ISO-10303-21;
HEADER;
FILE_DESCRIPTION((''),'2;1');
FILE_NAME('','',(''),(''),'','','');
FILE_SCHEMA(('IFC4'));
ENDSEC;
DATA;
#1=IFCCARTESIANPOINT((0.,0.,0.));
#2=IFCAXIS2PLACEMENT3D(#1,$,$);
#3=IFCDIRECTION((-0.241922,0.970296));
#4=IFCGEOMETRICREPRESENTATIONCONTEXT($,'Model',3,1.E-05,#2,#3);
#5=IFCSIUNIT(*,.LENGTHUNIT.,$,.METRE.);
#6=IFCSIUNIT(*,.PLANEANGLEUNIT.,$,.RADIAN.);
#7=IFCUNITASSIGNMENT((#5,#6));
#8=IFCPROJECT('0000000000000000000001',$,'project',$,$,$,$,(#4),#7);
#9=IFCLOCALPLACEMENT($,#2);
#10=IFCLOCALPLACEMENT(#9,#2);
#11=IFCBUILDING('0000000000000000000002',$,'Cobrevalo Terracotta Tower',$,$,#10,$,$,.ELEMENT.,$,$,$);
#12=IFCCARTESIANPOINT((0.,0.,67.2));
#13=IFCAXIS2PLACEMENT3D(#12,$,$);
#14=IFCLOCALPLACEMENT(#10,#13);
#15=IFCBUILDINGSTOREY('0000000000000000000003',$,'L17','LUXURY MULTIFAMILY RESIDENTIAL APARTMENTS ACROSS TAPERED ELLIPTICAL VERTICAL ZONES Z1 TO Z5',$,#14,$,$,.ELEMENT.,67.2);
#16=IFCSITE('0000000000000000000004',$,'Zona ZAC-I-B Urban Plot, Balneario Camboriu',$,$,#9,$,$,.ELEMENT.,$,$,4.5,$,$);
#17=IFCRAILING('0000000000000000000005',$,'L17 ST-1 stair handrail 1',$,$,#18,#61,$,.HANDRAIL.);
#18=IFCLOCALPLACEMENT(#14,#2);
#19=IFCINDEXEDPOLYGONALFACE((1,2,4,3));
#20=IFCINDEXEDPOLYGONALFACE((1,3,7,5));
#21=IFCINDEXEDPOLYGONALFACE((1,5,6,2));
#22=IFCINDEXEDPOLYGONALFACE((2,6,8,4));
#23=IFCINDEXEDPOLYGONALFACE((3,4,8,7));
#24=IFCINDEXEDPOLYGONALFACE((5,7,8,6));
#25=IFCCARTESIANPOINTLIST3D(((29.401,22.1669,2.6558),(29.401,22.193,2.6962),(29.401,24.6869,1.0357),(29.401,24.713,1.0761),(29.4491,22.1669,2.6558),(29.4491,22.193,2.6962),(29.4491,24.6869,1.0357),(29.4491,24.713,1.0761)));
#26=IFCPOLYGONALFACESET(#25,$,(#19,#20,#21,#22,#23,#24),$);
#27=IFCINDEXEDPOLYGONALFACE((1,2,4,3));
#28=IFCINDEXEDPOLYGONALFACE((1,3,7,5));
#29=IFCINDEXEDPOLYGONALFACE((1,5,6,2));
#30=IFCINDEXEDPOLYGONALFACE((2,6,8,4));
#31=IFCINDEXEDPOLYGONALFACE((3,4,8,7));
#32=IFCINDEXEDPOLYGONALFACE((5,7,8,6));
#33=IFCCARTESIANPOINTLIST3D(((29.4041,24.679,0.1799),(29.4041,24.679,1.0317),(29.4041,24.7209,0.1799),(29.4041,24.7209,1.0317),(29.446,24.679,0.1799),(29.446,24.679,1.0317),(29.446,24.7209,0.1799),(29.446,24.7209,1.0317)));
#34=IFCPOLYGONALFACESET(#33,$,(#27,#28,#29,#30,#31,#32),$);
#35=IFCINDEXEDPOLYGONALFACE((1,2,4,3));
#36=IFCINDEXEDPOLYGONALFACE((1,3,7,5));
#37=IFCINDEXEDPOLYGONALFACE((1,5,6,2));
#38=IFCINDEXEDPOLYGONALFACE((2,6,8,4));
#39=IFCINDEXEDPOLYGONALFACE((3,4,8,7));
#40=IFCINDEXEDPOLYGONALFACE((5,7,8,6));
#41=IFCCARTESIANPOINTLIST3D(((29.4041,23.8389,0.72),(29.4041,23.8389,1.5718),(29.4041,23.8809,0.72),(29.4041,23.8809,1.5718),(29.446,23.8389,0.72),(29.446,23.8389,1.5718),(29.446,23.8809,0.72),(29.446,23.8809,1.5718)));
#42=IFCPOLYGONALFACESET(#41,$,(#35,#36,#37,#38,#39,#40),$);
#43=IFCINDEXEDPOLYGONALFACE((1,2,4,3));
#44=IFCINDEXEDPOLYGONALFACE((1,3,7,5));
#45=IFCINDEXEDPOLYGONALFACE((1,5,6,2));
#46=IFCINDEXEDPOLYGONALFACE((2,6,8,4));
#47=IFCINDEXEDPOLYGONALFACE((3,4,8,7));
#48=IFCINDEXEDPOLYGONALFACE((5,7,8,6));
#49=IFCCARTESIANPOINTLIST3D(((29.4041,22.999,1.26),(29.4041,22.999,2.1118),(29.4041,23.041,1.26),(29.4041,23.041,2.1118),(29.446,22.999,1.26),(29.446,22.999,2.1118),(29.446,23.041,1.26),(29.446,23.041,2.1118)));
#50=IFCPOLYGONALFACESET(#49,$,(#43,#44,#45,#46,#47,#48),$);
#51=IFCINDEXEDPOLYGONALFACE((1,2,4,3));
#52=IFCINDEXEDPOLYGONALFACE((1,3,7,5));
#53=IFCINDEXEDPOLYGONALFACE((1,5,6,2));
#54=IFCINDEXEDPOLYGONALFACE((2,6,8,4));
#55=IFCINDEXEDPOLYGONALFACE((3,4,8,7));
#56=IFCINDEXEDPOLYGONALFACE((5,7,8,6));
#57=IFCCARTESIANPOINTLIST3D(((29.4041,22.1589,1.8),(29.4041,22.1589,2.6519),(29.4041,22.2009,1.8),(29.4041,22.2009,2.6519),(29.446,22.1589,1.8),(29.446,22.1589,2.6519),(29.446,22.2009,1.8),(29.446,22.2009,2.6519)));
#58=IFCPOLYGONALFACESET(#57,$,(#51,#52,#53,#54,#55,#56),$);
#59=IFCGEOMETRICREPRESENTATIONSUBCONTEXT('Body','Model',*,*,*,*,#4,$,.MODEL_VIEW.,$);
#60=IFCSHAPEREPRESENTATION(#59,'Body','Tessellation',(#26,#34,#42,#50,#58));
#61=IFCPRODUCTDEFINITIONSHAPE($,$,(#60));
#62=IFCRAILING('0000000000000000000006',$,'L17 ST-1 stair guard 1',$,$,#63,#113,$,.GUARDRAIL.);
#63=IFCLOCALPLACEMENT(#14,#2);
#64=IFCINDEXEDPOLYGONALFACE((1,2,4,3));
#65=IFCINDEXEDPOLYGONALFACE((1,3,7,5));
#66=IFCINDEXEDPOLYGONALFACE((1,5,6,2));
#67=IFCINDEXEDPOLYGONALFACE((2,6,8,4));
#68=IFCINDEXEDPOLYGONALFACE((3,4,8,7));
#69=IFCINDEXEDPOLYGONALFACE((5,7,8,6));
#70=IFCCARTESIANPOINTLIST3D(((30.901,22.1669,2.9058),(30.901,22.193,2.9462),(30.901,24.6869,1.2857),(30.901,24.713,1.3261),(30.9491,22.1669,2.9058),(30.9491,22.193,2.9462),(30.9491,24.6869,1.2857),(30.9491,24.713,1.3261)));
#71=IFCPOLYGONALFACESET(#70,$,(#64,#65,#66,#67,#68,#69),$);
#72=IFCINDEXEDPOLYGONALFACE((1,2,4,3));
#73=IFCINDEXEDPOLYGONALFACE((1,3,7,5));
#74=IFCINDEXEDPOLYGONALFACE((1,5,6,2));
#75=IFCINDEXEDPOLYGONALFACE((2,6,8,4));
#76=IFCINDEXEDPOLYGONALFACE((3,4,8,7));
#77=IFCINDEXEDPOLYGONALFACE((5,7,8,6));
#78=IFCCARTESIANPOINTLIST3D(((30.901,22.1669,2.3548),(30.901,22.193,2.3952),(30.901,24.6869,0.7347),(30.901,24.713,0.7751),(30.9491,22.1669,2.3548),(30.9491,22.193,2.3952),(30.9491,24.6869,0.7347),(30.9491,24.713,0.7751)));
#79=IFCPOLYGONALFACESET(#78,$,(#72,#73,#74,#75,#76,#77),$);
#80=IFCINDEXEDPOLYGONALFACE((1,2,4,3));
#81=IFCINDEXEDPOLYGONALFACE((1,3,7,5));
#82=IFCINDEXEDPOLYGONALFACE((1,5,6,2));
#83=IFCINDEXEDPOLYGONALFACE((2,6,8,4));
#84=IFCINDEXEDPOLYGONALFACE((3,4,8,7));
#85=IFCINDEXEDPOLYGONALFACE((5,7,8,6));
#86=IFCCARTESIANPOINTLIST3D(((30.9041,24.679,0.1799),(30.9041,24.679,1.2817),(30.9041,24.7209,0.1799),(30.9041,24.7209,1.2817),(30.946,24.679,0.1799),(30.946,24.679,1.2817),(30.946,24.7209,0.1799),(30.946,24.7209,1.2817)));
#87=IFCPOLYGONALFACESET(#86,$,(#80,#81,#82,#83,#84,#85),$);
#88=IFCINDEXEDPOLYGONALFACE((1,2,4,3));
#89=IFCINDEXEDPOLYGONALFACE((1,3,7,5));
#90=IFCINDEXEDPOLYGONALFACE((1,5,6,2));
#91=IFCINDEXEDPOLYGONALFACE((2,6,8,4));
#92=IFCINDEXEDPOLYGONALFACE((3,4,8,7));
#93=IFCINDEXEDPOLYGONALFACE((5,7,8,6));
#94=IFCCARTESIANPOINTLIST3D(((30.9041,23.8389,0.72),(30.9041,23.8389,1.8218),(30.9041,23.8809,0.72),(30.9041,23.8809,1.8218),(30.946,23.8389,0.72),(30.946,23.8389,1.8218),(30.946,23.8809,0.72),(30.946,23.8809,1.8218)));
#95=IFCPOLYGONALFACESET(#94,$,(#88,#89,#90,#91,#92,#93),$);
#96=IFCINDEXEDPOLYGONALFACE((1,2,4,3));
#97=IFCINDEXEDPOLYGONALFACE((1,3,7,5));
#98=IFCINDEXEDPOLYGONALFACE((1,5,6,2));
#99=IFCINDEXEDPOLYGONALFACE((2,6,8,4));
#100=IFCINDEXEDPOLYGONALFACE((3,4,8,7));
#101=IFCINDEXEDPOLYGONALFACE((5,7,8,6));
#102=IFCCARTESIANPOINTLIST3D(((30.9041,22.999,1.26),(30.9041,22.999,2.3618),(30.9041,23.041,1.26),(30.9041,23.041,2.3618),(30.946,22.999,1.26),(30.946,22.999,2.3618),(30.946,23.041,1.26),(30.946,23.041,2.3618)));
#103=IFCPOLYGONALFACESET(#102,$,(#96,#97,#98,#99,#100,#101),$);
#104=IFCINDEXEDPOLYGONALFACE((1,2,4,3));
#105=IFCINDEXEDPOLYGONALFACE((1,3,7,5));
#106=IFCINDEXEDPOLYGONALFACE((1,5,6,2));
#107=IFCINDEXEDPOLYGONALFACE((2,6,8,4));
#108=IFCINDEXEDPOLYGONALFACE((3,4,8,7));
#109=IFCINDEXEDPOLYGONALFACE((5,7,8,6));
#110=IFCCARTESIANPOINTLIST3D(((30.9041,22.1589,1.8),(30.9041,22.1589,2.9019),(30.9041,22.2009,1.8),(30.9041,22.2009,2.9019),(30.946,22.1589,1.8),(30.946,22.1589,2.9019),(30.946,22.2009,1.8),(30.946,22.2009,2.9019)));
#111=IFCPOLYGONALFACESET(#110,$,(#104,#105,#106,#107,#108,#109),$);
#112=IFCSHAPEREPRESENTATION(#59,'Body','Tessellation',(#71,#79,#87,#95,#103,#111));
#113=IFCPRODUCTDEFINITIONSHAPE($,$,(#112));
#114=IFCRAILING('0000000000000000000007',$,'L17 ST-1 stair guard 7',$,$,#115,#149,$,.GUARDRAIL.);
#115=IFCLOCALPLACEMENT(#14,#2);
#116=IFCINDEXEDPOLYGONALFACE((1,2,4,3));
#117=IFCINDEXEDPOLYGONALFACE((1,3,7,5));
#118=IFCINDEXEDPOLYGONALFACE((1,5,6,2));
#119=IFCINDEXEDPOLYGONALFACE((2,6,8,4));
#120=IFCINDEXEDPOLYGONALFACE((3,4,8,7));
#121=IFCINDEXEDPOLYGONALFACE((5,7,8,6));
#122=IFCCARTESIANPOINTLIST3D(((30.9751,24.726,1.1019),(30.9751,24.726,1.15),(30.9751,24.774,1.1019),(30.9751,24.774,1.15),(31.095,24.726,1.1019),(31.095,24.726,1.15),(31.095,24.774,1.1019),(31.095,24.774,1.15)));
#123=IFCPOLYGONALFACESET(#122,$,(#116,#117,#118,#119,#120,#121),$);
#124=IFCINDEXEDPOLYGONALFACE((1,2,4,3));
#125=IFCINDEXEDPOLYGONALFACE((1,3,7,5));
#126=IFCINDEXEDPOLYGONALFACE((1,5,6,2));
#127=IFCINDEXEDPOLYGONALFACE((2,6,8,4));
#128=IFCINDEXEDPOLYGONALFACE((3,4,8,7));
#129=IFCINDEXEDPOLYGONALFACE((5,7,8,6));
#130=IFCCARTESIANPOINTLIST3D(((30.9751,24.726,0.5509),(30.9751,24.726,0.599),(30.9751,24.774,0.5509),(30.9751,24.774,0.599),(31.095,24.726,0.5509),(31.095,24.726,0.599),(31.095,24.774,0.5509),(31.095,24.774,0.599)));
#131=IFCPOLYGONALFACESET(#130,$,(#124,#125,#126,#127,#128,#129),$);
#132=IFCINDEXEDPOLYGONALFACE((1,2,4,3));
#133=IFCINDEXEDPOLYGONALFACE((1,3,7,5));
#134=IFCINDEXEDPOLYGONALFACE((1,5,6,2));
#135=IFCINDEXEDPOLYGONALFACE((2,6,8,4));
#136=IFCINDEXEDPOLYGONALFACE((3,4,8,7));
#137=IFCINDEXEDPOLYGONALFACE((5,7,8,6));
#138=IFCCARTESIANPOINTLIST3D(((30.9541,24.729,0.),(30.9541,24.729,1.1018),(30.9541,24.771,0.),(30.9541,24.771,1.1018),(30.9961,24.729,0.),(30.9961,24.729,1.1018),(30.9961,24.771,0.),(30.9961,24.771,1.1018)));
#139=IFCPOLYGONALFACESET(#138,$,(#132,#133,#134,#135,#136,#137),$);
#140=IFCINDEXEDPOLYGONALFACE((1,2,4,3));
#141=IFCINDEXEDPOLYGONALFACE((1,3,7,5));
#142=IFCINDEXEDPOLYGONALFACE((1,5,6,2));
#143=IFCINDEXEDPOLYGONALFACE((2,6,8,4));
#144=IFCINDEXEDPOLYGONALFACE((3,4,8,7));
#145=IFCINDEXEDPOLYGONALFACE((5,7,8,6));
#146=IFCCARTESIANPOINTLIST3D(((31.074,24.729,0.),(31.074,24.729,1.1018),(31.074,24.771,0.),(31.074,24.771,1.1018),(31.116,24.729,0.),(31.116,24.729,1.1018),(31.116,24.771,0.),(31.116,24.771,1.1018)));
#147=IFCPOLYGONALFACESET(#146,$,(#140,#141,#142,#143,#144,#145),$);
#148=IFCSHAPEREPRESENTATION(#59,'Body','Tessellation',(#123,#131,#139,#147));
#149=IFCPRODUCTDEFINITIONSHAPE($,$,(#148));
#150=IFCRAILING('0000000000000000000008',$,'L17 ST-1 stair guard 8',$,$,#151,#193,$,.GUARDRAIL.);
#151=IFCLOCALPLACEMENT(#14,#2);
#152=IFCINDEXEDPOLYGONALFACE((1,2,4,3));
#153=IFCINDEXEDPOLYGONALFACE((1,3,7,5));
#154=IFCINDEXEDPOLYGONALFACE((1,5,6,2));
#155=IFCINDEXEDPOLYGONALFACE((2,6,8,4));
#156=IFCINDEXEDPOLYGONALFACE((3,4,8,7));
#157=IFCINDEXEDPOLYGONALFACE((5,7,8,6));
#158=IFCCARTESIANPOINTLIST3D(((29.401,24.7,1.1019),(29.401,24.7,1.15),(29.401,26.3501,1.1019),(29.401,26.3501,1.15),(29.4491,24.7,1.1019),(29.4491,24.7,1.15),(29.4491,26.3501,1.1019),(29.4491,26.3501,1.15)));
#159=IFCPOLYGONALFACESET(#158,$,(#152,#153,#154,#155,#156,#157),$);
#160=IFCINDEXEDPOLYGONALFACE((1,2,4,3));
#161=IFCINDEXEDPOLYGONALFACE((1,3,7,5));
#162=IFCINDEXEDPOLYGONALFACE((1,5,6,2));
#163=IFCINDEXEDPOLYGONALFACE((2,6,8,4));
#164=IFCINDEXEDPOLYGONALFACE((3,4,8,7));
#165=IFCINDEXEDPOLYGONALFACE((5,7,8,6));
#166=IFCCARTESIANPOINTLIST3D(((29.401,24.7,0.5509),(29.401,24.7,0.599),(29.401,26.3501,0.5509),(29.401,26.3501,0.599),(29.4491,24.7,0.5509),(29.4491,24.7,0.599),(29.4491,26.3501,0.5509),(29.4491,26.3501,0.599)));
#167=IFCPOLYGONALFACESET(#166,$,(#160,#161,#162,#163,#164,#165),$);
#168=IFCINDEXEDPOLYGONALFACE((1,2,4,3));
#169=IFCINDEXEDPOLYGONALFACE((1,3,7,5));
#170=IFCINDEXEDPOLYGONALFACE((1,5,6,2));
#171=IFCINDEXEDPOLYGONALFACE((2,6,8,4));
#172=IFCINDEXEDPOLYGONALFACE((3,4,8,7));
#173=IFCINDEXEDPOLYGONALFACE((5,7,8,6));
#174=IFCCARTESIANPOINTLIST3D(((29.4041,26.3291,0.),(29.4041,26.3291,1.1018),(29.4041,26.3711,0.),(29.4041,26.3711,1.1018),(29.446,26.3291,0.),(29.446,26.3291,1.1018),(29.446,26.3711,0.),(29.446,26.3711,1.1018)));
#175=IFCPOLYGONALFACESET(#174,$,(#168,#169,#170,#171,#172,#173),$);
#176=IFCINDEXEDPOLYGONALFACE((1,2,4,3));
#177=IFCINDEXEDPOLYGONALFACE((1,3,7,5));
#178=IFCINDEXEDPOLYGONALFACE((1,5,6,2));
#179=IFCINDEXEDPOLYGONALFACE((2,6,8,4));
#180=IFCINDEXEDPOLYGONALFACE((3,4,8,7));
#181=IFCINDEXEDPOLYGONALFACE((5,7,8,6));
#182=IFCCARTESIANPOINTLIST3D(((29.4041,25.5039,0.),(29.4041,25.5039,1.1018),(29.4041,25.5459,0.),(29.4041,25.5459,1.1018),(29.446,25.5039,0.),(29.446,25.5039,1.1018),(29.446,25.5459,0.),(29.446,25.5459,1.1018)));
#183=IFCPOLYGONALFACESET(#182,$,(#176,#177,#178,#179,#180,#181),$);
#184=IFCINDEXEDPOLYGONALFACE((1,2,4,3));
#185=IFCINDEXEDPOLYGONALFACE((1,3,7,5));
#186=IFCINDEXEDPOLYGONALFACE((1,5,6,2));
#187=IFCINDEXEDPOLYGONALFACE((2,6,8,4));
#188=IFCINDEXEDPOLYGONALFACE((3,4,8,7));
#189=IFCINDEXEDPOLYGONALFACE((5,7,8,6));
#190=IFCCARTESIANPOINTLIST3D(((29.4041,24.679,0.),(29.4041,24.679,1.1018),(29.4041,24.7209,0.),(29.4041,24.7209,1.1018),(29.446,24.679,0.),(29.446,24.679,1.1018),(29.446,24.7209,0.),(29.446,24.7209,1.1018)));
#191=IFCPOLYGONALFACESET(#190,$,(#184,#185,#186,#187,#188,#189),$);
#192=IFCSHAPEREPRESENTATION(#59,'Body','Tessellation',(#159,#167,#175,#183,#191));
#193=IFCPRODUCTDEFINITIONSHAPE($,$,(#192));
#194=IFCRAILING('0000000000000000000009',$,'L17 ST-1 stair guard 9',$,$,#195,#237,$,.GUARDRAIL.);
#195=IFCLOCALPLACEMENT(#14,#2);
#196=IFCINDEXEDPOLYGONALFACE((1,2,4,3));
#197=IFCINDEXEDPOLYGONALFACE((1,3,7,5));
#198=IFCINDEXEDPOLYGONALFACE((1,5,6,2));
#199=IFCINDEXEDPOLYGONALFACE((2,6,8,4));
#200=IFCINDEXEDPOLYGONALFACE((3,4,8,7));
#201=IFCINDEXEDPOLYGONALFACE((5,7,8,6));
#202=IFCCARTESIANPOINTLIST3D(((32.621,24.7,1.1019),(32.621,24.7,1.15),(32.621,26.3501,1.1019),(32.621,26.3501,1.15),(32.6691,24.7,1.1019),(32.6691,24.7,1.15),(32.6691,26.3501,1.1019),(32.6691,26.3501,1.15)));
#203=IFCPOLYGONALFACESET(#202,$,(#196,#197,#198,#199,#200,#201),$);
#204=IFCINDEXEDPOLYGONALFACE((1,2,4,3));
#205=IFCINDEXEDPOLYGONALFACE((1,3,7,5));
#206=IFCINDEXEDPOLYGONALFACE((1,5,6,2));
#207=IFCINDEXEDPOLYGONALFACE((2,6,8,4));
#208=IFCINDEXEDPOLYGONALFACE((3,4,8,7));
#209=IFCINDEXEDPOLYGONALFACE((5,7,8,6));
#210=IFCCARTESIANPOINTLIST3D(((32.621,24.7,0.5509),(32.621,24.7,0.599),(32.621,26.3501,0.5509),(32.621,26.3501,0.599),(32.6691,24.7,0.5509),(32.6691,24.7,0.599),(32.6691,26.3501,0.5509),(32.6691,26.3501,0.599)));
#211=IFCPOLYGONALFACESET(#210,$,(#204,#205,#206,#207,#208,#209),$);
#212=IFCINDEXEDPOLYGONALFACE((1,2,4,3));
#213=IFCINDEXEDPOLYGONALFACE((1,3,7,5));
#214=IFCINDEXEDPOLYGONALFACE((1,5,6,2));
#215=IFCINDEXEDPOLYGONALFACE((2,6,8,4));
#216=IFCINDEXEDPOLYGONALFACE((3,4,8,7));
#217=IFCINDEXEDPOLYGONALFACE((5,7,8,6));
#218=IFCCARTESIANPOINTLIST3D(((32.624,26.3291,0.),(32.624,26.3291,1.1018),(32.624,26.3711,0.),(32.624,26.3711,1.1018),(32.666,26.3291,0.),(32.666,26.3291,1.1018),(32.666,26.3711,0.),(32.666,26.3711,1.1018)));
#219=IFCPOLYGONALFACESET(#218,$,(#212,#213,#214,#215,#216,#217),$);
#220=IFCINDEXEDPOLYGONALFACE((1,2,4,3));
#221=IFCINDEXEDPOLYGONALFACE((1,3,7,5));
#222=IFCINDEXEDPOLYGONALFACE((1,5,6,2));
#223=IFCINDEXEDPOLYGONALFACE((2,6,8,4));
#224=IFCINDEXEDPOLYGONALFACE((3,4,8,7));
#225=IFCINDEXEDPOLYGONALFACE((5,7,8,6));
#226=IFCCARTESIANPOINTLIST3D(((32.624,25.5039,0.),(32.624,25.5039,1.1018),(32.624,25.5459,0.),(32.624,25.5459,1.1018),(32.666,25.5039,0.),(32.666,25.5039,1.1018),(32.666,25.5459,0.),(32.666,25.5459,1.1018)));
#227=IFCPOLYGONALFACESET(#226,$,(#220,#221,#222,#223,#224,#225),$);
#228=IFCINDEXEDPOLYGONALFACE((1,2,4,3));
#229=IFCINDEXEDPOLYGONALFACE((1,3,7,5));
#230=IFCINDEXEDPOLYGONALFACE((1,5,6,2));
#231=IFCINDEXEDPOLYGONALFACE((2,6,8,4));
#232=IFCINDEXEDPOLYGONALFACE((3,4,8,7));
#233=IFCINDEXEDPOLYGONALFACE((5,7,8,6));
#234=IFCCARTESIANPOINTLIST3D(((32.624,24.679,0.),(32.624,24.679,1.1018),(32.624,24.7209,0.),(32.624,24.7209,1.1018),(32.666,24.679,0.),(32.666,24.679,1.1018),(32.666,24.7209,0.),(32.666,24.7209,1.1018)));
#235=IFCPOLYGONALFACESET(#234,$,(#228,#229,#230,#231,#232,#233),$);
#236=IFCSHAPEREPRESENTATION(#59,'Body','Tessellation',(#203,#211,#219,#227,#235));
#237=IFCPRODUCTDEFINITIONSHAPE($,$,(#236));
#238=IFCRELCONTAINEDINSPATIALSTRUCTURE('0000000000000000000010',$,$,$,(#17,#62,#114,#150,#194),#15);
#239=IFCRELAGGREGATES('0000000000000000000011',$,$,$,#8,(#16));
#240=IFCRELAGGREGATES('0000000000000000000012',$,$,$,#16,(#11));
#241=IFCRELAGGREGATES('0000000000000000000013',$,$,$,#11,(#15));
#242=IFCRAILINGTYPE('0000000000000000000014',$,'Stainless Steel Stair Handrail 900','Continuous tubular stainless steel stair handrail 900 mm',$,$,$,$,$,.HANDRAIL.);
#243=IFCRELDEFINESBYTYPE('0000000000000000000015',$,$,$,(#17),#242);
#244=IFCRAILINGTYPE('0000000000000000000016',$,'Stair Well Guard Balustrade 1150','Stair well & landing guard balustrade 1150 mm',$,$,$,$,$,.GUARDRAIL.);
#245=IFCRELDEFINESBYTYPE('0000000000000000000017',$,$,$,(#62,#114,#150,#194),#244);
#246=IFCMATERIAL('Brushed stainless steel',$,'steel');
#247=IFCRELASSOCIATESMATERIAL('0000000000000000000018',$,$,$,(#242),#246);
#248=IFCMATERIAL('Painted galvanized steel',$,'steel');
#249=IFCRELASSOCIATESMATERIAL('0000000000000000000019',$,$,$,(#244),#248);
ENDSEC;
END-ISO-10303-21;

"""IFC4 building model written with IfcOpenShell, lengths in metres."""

from ifc_helpers import new_model, si_unit, direction, frame, origin, origin_2d, place, context, subcontext, project, spatial, rectangle, extrude, material, type_object, element, save


model = new_model("IFC4")

# Units and contexts
model_context = context("Model", 3, precision=1e-05, world=origin(), true_north=direction((-0.241922, 0.970296)))
body_context = subcontext(model_context, "Body", "Model", "MODEL_VIEW")
ifc_project = project(units=[si_unit("LENGTHUNIT", "METRE"), si_unit("PLANEANGLEUNIT", "RADIAN")], contexts=[model_context])

# Site, building, storey
site_placement = place(None, origin())
site = spatial("IfcSite", under=ifc_project, at=site_placement, Name="Zona ZAC-I-B Urban Plot, Balneario Camboriu", CompositionType="ELEMENT", RefElevation=4.5)
building_placement = place(site_placement, origin())
building = spatial("IfcBuilding", under=site, at=building_placement, Name="Cobrevalo Terracotta Tower", CompositionType="ELEMENT")
storey_placement = place(building_placement, frame((0.0, 0.0, 67.2)))
storey = spatial("IfcBuildingStorey", under=building, at=storey_placement, Name="L17", Description="LUXURY MULTIFAMILY RESIDENTIAL APARTMENTS ACROSS TAPERED ELLIPTICAL VERTICAL ZONES Z1 TO Z5", CompositionType="ELEMENT", Elevation=67.2)

# Shared definitions
ifc_material_1 = material(Name="Brushed stainless steel", Category="steel")

# Railings
railing_type_1 = type_object("IfcRailingType", Name="Stainless Steel Stair Handrail 900", Description="Continuous tubular stainless steel stair handrail 900 mm", PredefinedType="HANDRAIL", material=ifc_material_1)
railing_1_placement = place(storey_placement, frame((29.425, 24.7, 0.1799)))
element("IfcRailing", 1, at=railing_1_placement, inside=storey, type_object=railing_type_1, Name="L17 ST-1 stair handrail 1", PredefinedType="HANDRAIL", context=body_context, shape_type="SweptSolid", body=[
    extrude(rectangle(XDim=0.0481, YDim=0.0481, at=origin_2d()), frame((0.0, 0.0, 0.876), z_axis=(0.0, -0.841163, 0.540782), x_axis=(1.0, 0.0, 0.0)), (0.0, 0.0, 1.0), 2.9958),
    extrude(rectangle(XDim=0.042, YDim=0.042, at=origin_2d()), origin(), (0.0, 0.0, 1.0), 0.8518),
    extrude(rectangle(XDim=0.042, YDim=0.042, at=origin_2d()), frame((0.0, -0.8401, 0.54)), (0.0, 0.0, 1.0), 0.8518),
    extrude(rectangle(XDim=0.042, YDim=0.042, at=origin_2d()), frame((0.0, -1.6799, 1.0801)), (0.0, 0.0, 1.0), 0.8518),
    extrude(rectangle(XDim=0.042, YDim=0.042, at=origin_2d()), frame((0.0, -2.52, 1.6201)), (0.0, 0.0, 1.0), 0.8518),
])
ifc_material_2 = material(Name="Painted galvanized steel", Category="steel")
railing_type_2 = type_object("IfcRailingType", Name="Stair Well Guard Balustrade 1150", Description="Stair well & landing guard balustrade 1150 mm", PredefinedType="GUARDRAIL", material=ifc_material_2)
railing_2_placement = place(storey_placement, frame((30.925, 24.7, 0.1799)))
element("IfcRailing", 2, at=railing_2_placement, inside=storey, type_object=railing_type_2, Name="L17 ST-1 stair guard 1", PredefinedType="GUARDRAIL", context=body_context, shape_type="SweptSolid", body=[
    extrude(rectangle(XDim=0.0481, YDim=0.0481, at=origin_2d()), frame((0.0, 0.0, 1.126), z_axis=(0.0, -0.841163, 0.540782), x_axis=(1.0, 0.0, 0.0)), (0.0, 0.0, 1.0), 2.9958),
    extrude(rectangle(XDim=0.0481, YDim=0.0481, at=origin_2d()), frame((0.0, 0.0, 0.575), z_axis=(0.0, -0.841163, 0.540782), x_axis=(1.0, 0.0, 0.0)), (0.0, 0.0, 1.0), 2.9958),
    extrude(rectangle(XDim=0.042, YDim=0.042, at=origin_2d()), origin(), (0.0, 0.0, 1.0), 1.1018),
    extrude(rectangle(XDim=0.042, YDim=0.042, at=origin_2d()), frame((0.0, -0.8401, 0.54)), (0.0, 0.0, 1.0), 1.1018),
    extrude(rectangle(XDim=0.042, YDim=0.042, at=origin_2d()), frame((0.0, -1.6799, 1.0801)), (0.0, 0.0, 1.0), 1.1018),
    extrude(rectangle(XDim=0.042, YDim=0.042, at=origin_2d()), frame((0.0, -2.52, 1.6201)), (0.0, 0.0, 1.0), 1.1018),
])
railing_3_placement = place(storey_placement, frame((30.9751, 24.75, 0.0)))
element("IfcRailing", 3, at=railing_3_placement, inside=storey, type_object=railing_type_2, Name="L17 ST-1 stair guard 7", PredefinedType="GUARDRAIL", context=body_context, shape_type="SweptSolid", body=[
    extrude(rectangle(XDim=0.0481, YDim=0.0481, at=origin_2d()), frame((0.0, 0.0, 1.126), z_axis=(1.0, 0.0, 0.0), x_axis=(0.0, 1.0, 0.0)), (0.0, 0.0, 1.0), 0.1199),
    extrude(rectangle(XDim=0.0481, YDim=0.0481, at=origin_2d()), frame((0.0, 0.0, 0.575), z_axis=(1.0, 0.0, 0.0), x_axis=(0.0, 1.0, 0.0)), (0.0, 0.0, 1.0), 0.1199),
    extrude(rectangle(XDim=0.042, YDim=0.042, at=origin_2d()), origin(), (0.0, 0.0, 1.0), 1.1018),
    extrude(rectangle(XDim=0.042, YDim=0.042, at=origin_2d()), frame((0.1199, 0.0, 0.0)), (0.0, 0.0, 1.0), 1.1018),
])
for number, where, name in (
    (4, (29.425, 26.3501, 0.0), "L17 ST-1 stair guard 8"),
    (5, (32.645, 26.3501, 0.0), "L17 ST-1 stair guard 9"),
):
    element("IfcRailing", number, at=place(storey_placement, frame(where)), inside=storey, type_object=railing_type_2, Name=name, PredefinedType="GUARDRAIL", context=body_context, shape_type="SweptSolid", body=[
        extrude(rectangle(XDim=0.0481, YDim=0.0481, at=origin_2d()), frame((0.0, 0.0, 1.126), z_axis=(0.0, -1.0, 0.0), x_axis=(1.0, 0.0, 0.0)), (0.0, 0.0, 1.0), 1.6501),
        extrude(rectangle(XDim=0.0481, YDim=0.0481, at=origin_2d()), frame((0.0, 0.0, 0.575), z_axis=(0.0, -1.0, 0.0), x_axis=(1.0, 0.0, 0.0)), (0.0, 0.0, 1.0), 1.6501),
        extrude(rectangle(XDim=0.042, YDim=0.042, at=origin_2d()), origin(), (0.0, 0.0, 1.0), 1.1018),
        extrude(rectangle(XDim=0.042, YDim=0.042, at=origin_2d()), frame((0.0, -0.8252, 0.0)), (0.0, 0.0, 1.0), 1.1018),
        extrude(rectangle(XDim=0.042, YDim=0.042, at=origin_2d()), frame((0.0, -1.6501, 0.0)), (0.0, 0.0, 1.0), 1.1018),
    ])

save(model, "model.ifc")
